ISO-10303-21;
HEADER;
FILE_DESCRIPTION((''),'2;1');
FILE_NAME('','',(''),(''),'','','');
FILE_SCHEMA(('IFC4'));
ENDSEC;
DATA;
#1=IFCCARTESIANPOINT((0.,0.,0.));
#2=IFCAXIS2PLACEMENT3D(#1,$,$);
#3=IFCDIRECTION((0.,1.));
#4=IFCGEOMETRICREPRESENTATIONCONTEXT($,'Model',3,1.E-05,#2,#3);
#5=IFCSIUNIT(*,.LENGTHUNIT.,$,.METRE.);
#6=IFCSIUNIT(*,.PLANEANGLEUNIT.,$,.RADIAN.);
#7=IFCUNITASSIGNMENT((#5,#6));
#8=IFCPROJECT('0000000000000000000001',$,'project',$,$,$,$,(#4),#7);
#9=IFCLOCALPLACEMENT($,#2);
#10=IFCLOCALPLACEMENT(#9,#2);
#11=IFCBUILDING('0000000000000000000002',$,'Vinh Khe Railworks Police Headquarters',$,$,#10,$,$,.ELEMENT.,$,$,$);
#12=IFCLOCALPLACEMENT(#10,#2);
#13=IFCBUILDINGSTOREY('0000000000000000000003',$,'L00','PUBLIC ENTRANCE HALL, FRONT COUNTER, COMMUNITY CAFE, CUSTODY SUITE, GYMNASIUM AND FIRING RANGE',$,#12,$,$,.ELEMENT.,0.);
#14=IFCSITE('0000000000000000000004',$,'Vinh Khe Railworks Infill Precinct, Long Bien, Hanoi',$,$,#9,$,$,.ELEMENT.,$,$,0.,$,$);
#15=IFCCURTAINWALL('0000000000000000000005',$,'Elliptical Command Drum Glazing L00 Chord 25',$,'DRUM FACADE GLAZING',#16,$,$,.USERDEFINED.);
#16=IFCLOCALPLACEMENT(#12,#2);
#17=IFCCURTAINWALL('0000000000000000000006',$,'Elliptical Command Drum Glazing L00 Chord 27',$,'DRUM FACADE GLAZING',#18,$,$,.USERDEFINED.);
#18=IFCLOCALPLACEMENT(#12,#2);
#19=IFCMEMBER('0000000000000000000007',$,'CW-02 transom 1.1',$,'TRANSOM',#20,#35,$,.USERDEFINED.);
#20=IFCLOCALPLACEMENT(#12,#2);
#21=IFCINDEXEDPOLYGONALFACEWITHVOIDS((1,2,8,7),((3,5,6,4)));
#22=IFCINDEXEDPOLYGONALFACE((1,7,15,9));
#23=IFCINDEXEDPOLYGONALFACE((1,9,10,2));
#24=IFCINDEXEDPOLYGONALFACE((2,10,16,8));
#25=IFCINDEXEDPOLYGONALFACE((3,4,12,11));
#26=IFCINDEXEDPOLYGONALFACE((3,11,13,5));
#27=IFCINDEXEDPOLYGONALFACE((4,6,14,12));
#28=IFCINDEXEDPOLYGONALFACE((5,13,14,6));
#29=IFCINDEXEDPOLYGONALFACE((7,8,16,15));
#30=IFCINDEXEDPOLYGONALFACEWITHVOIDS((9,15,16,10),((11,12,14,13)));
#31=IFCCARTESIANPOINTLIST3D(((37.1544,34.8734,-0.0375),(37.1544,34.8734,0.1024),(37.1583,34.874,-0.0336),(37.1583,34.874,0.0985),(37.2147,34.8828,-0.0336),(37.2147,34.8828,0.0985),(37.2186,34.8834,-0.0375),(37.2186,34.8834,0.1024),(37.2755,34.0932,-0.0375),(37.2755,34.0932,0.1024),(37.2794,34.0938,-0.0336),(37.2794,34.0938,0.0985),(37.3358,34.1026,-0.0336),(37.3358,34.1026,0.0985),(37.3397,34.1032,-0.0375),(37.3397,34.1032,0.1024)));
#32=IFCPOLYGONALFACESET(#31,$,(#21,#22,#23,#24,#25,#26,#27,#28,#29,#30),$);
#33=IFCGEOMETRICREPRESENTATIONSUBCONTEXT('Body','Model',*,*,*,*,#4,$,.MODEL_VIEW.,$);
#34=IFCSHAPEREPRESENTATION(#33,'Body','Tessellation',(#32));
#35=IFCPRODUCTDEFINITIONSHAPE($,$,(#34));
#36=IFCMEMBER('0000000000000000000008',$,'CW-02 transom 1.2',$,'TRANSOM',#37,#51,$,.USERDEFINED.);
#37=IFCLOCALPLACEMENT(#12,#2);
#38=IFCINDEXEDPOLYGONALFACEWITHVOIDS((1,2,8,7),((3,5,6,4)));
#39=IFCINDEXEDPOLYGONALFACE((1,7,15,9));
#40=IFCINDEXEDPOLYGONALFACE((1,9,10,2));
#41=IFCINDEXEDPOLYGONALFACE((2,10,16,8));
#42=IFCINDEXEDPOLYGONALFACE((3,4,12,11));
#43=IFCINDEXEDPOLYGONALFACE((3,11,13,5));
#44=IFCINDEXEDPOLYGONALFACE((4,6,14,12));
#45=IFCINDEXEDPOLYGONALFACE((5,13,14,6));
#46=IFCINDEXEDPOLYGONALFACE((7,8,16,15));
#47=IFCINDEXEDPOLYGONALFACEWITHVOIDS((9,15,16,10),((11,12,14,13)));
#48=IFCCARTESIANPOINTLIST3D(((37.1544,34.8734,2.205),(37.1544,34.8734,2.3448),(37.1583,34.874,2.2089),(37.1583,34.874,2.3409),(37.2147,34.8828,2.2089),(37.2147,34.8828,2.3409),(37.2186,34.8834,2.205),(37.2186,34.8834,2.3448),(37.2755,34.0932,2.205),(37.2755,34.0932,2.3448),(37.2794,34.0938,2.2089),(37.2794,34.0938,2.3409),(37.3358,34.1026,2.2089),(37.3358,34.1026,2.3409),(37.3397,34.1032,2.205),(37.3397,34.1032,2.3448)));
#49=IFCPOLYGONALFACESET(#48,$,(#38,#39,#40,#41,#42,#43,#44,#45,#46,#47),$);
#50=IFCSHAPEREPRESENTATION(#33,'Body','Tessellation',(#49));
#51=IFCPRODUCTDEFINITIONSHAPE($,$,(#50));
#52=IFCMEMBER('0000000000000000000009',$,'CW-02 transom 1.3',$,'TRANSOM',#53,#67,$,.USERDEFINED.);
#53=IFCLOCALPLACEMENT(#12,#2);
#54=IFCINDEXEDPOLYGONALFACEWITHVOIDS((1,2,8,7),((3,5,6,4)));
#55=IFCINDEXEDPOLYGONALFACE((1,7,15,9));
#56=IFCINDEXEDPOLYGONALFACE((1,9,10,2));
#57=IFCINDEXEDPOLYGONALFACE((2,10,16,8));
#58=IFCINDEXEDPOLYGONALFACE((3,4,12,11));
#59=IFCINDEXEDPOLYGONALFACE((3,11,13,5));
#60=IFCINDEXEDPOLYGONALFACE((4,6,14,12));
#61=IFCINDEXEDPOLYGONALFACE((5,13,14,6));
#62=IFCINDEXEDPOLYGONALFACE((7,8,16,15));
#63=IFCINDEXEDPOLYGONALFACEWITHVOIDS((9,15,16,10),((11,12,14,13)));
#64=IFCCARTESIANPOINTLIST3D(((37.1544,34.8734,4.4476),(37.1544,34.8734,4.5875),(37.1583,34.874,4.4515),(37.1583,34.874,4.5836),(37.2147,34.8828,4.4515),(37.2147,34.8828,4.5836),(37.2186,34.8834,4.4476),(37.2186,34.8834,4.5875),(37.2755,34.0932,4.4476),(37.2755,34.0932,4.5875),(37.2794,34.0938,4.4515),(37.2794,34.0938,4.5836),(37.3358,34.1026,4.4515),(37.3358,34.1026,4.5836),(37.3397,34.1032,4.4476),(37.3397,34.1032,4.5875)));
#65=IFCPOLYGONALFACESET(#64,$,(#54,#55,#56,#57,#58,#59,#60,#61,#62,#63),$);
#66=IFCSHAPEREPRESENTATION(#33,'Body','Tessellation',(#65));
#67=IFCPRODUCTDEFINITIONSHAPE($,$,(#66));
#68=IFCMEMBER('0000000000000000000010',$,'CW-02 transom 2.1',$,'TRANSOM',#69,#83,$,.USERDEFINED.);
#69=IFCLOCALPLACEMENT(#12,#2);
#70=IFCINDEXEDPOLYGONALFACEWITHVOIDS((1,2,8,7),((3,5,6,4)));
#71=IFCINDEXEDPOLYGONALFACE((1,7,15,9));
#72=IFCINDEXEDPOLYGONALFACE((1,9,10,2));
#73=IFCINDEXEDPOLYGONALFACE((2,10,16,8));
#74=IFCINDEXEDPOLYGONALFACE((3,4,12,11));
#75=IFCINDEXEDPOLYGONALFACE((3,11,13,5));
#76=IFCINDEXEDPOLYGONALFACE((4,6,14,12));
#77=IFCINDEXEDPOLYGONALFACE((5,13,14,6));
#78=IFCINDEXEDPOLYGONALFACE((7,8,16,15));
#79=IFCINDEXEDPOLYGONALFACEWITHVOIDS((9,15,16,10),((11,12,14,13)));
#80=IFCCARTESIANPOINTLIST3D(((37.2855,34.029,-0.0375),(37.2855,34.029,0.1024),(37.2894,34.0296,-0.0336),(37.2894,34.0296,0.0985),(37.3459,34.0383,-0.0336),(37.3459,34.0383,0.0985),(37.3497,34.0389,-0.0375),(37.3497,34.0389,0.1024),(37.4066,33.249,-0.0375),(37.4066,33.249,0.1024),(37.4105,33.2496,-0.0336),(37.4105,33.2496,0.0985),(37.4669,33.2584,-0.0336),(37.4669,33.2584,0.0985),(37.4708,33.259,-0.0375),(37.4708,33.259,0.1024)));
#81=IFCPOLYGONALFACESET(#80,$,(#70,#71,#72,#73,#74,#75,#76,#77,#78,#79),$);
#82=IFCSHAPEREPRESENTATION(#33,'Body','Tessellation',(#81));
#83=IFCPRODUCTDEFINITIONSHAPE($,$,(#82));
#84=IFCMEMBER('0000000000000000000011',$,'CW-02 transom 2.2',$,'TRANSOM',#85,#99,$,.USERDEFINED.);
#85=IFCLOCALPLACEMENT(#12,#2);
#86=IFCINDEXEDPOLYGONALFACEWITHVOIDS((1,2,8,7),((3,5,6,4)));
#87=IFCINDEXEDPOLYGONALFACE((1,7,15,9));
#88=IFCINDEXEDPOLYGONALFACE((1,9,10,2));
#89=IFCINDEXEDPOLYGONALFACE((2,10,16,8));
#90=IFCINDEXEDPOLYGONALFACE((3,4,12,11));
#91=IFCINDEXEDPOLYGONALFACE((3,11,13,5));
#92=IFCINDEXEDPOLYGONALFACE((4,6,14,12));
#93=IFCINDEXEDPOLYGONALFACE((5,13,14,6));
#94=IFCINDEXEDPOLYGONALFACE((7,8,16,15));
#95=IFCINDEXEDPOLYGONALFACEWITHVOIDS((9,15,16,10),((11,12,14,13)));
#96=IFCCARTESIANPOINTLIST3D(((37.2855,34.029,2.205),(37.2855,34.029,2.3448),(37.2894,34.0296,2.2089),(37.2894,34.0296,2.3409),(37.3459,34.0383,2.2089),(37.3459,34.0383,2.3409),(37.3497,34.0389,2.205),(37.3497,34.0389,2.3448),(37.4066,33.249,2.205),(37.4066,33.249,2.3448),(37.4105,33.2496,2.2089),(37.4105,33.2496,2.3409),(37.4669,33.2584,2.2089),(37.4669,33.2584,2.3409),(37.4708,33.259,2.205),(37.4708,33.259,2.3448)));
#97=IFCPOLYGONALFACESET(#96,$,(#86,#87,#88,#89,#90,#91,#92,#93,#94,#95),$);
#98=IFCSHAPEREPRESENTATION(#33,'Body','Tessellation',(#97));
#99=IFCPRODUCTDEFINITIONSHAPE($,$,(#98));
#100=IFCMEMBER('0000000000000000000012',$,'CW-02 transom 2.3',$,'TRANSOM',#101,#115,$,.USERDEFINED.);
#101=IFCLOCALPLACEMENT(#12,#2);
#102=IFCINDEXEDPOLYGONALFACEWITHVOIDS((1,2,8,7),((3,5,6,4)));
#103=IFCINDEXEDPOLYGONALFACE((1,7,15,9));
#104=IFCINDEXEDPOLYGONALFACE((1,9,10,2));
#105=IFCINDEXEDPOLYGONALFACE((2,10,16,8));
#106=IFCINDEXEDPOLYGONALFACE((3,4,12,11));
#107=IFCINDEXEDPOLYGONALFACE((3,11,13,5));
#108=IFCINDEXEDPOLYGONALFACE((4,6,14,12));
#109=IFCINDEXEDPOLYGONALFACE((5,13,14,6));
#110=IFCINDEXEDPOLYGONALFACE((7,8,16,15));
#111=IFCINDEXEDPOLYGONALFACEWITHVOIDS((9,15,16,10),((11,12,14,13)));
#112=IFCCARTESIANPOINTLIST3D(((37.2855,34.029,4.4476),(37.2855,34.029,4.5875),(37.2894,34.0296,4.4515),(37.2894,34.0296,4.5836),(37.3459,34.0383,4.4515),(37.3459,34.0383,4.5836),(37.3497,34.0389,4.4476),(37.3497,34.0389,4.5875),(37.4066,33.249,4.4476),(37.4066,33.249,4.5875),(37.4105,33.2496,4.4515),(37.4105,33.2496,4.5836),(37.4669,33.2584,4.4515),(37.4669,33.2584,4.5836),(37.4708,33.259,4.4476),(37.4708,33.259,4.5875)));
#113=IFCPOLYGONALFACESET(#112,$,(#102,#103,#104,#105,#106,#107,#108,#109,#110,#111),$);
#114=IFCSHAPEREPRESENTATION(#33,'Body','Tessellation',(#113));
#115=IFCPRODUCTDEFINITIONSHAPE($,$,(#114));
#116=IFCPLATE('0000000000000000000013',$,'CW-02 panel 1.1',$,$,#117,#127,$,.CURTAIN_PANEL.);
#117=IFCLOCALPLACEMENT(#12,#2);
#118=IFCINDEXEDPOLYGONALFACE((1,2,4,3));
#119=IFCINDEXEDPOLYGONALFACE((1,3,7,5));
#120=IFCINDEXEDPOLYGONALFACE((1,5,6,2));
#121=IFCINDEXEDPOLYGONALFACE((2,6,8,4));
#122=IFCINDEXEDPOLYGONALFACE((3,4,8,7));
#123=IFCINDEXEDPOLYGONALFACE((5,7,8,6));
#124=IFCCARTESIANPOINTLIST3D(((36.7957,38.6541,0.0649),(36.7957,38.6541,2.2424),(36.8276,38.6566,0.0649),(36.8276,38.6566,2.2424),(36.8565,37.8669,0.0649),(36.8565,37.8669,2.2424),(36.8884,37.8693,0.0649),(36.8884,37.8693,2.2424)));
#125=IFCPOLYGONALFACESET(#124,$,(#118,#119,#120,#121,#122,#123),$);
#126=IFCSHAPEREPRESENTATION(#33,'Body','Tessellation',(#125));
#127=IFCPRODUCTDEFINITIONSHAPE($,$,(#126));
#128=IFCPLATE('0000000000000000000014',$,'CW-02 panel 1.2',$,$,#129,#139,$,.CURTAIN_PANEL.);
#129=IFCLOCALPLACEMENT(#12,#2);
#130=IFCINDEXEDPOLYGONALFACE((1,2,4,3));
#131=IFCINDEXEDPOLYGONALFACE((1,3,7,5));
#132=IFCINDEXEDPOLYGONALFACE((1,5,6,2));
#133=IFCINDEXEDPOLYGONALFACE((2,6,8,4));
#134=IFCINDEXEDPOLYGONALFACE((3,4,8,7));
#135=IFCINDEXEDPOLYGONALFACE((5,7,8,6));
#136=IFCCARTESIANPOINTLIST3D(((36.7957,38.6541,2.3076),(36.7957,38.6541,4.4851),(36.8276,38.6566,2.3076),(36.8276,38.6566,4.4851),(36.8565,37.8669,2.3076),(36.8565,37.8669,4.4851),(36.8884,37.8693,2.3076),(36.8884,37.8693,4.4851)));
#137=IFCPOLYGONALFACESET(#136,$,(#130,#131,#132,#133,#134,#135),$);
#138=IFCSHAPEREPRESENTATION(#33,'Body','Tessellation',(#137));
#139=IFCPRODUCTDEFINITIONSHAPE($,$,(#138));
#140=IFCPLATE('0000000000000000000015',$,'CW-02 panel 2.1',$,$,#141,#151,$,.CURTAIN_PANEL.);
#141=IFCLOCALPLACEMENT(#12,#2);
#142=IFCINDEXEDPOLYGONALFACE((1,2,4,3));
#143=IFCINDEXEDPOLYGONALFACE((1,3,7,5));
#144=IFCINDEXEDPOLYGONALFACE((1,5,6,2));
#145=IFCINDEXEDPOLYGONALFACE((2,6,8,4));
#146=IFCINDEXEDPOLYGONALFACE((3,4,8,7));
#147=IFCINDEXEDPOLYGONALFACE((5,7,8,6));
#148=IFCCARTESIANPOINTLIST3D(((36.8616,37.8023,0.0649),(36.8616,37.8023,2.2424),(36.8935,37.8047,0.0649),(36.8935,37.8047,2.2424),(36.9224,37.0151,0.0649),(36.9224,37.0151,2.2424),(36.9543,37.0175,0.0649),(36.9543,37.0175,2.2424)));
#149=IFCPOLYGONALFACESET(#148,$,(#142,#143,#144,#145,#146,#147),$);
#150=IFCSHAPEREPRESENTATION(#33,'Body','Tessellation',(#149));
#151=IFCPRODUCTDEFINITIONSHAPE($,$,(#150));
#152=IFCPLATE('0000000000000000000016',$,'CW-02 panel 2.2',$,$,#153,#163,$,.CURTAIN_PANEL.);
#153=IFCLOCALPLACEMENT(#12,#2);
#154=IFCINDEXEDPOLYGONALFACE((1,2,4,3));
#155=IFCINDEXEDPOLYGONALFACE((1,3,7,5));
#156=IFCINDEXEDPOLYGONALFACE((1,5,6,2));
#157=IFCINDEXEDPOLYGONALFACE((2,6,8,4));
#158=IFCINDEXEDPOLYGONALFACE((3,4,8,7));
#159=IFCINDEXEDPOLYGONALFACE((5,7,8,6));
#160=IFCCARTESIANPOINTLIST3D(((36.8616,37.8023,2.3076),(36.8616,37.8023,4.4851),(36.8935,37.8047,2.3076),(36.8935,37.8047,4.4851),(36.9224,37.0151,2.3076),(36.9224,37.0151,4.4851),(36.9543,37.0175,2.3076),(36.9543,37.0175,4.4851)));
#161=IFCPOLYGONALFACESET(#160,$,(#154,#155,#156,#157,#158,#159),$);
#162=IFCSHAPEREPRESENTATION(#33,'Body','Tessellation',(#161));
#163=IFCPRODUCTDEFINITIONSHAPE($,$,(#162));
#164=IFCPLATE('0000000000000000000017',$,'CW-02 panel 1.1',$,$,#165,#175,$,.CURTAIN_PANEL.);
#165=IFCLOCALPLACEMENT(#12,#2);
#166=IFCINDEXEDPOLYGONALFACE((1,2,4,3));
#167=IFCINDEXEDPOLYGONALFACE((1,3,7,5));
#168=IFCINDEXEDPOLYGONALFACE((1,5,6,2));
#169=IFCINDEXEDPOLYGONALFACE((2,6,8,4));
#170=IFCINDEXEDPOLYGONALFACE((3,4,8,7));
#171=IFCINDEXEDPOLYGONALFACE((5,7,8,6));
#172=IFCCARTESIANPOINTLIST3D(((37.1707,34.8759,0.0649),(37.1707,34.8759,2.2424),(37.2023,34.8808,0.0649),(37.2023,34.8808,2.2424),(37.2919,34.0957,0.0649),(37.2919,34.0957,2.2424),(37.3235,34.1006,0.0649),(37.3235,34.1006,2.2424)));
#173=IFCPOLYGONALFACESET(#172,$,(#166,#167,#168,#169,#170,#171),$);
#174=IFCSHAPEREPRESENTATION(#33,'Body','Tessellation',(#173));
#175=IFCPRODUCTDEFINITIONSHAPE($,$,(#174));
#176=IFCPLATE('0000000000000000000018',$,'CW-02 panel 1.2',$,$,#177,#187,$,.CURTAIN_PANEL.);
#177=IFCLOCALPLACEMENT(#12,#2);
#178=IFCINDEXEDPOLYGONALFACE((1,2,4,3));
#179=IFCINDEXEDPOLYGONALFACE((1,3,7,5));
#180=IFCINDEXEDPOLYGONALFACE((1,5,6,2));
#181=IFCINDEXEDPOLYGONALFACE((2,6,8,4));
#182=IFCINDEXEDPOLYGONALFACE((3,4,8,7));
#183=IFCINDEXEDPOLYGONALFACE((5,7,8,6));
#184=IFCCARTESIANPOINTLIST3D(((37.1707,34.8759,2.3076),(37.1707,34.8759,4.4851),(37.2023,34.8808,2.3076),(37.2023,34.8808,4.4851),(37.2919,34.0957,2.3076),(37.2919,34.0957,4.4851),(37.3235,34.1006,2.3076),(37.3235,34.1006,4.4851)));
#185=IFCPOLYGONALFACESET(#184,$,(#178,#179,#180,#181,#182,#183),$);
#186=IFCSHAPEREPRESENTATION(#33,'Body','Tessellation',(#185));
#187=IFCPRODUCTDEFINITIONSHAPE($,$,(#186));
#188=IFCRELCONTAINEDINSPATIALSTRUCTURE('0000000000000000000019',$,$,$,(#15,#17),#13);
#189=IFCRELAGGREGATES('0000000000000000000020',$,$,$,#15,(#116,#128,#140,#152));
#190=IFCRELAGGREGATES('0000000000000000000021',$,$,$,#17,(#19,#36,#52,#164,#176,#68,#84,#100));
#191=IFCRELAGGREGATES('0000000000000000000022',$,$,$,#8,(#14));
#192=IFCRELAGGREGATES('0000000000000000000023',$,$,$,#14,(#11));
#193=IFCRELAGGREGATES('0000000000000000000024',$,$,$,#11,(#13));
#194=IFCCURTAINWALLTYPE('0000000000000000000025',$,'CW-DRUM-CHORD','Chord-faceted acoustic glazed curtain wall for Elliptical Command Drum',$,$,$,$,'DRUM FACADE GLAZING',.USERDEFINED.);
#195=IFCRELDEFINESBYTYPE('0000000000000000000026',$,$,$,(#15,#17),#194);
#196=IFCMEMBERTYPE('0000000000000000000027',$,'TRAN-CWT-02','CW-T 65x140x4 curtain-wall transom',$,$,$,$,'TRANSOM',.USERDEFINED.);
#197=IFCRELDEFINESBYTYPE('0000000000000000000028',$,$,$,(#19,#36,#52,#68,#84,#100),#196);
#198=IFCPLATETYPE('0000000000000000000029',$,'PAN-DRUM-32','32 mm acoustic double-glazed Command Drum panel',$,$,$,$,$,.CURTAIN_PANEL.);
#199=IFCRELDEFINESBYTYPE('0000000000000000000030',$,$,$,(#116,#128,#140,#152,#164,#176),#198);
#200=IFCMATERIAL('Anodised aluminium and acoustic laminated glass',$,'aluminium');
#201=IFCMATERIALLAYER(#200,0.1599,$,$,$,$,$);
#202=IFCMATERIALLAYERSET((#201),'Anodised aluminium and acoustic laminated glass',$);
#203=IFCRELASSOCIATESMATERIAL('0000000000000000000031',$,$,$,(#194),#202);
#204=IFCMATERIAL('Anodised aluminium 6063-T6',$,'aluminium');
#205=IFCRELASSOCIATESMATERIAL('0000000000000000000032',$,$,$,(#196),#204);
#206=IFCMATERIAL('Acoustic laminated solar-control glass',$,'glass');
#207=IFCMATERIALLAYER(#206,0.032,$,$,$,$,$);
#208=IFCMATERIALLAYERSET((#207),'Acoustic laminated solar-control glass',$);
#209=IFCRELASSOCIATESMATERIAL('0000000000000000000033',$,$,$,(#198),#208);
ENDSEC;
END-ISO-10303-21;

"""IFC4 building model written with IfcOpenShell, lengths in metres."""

from ifc_helpers import new_model, si_unit, direction, frame, origin, origin_2d, place, context, subcontext, project, spatial, rectangle, hollow_rectangle, extrude, material, layer, layer_set, material_profile, profile_set, type_object, element, aggregate, save


model = new_model("IFC4")

# Units and contexts
model_context = context("Model", 3, precision=1e-05, world=origin(), true_north=direction((0.0, 1.0)))
body_context = subcontext(model_context, "Body", "Model", "MODEL_VIEW")
ifc_project = project(units=[si_unit("LENGTHUNIT", "METRE"), si_unit("PLANEANGLEUNIT", "RADIAN")], contexts=[model_context])

# Site, building, storey
site_placement = place(None, origin())
site = spatial("IfcSite", under=ifc_project, at=site_placement, Name="Vinh Khe Railworks Infill Precinct, Long Bien, Hanoi", CompositionType="ELEMENT", RefElevation=0.0)
building_placement = place(site_placement, origin())
building = spatial("IfcBuilding", under=site, at=building_placement, Name="Vinh Khe Railworks Police Headquarters", CompositionType="ELEMENT")
storey_placement = place(building_placement, origin())
storey = spatial("IfcBuildingStorey", under=building, at=storey_placement, Name="L00", Description="PUBLIC ENTRANCE HALL, FRONT COUNTER, COMMUNITY CAFE, CUSTODY SUITE, GYMNASIUM AND FIRING RANGE", CompositionType="ELEMENT", Elevation=0.0)

# Curtain walls
ifc_material_1 = material(Name="Anodised aluminium and acoustic laminated glass", Category="aluminium")
ifc_layer_1 = layer(ifc_material_1, 0.1599)
ifc_layer_set_1 = layer_set([ifc_layer_1], Name="Anodised aluminium and acoustic laminated glass")
curtain_wall_type = type_object("IfcCurtainWallType", Name="CW-DRUM-CHORD", Description="Chord-faceted acoustic glazed curtain wall for Elliptical Command Drum", ElementType="DRUM FACADE GLAZING", PredefinedType="USERDEFINED", material=ifc_layer_set_1)
curtain_wall_1_placement = place(storey_placement, origin())
curtain_wall_1 = element("IfcCurtainWall", 1, at=curtain_wall_1_placement, inside=storey, type_object=curtain_wall_type, Name="Elliptical Command Drum Glazing L00 Chord 25", ObjectType="DRUM FACADE GLAZING", PredefinedType="USERDEFINED")
ifc_material_2 = material(Name="Anodised aluminium 6063-T6", Category="aluminium")
curtain_wall_2_placement = place(storey_placement, origin())
curtain_wall_2 = element("IfcCurtainWall", 2, at=curtain_wall_2_placement, inside=storey, type_object=curtain_wall_type, Name="Elliptical Command Drum Glazing L00 Chord 27", ObjectType="DRUM FACADE GLAZING", PredefinedType="USERDEFINED")

# Members
ifc_material_profile_1 = material_profile(ifc_material_2, hollow_rectangle(XDim=0.0649, YDim=0.1399, WallThickness=0.0039, at=origin_2d()), Name="CW-T 65x140x4")
ifc_profile_set_1 = profile_set([ifc_material_profile_1], Name="Anodised aluminium 6063-T6")
member_type_1 = type_object("IfcMemberType", Name="TRAN-CWT-02", Description="CW-T 65x140x4 curtain-wall transom", ElementType="TRANSOM", PredefinedType="USERDEFINED", material=ifc_profile_set_1)
member_1_placement = place(storey_placement, frame((37.1865, 34.8784, 0.0325), z_axis=(0.153358, -0.988171, 0.0), x_axis=(0.988171, 0.153358, 0.0)))
member_1 = element("IfcMember", 3, at=member_1_placement, type_object=member_type_1, Name="CW-02 transom 1.1", ObjectType="TRANSOM", PredefinedType="USERDEFINED", context=body_context, shape_type="SweptSolid", body=[
    extrude(hollow_rectangle(XDim=0.0649, YDim=0.1399, WallThickness=0.0039, at=origin_2d()), origin(), (0.0, 0.0, 1.0), 0.7896),
])
member_2_placement = place(storey_placement, frame((37.1865, 34.8784, 2.2749), z_axis=(0.153358, -0.988171, 0.0), x_axis=(0.988171, 0.153358, 0.0)))
member_2 = element("IfcMember", 4, at=member_2_placement, type_object=member_type_1, Name="CW-02 transom 1.2", ObjectType="TRANSOM", PredefinedType="USERDEFINED", context=body_context, shape_type="SweptSolid", body=[
    extrude(hollow_rectangle(XDim=0.0649, YDim=0.1399, WallThickness=0.0039, at=origin_2d()), origin(), (0.0, 0.0, 1.0), 0.7896),
])
member_3_placement = place(storey_placement, frame((37.1865, 34.8784, 4.5176), z_axis=(0.153358, -0.988171, 0.0), x_axis=(0.988171, 0.153358, 0.0)))
member_3 = element("IfcMember", 5, at=member_3_placement, type_object=member_type_1, Name="CW-02 transom 1.3", ObjectType="TRANSOM", PredefinedType="USERDEFINED", context=body_context, shape_type="SweptSolid", body=[
    extrude(hollow_rectangle(XDim=0.0649, YDim=0.1399, WallThickness=0.0039, at=origin_2d()), origin(), (0.0, 0.0, 1.0), 0.7896),
])
member_4_placement = place(storey_placement, frame((37.3176, 34.0339, 0.0325), z_axis=(0.153405, -0.988163, 0.0), x_axis=(0.988163, 0.153405, 0.0)))
member_4 = element("IfcMember", 6, at=member_4_placement, type_object=member_type_1, Name="CW-02 transom 2.1", ObjectType="TRANSOM", PredefinedType="USERDEFINED", context=body_context, shape_type="SweptSolid", body=[
    extrude(hollow_rectangle(XDim=0.0649, YDim=0.1399, WallThickness=0.0039, at=origin_2d()), origin(), (0.0, 0.0, 1.0), 0.7893),
])
member_5_placement = place(storey_placement, frame((37.3176, 34.0339, 2.2749), z_axis=(0.153405, -0.988163, 0.0), x_axis=(0.988163, 0.153405, 0.0)))
member_5 = element("IfcMember", 7, at=member_5_placement, type_object=member_type_1, Name="CW-02 transom 2.2", ObjectType="TRANSOM", PredefinedType="USERDEFINED", context=body_context, shape_type="SweptSolid", body=[
    extrude(hollow_rectangle(XDim=0.0649, YDim=0.1399, WallThickness=0.0039, at=origin_2d()), origin(), (0.0, 0.0, 1.0), 0.7893),
])
member_6_placement = place(storey_placement, frame((37.3176, 34.0339, 4.5176), z_axis=(0.153405, -0.988163, 0.0), x_axis=(0.988163, 0.153405, 0.0)))
member_6 = element("IfcMember", 8, at=member_6_placement, type_object=member_type_1, Name="CW-02 transom 2.3", ObjectType="TRANSOM", PredefinedType="USERDEFINED", context=body_context, shape_type="SweptSolid", body=[
    extrude(hollow_rectangle(XDim=0.0649, YDim=0.1399, WallThickness=0.0039, at=origin_2d()), origin(), (0.0, 0.0, 1.0), 0.7893),
])

# Plates
ifc_material_3 = material(Name="Acoustic laminated solar-control glass", Category="glass")
ifc_layer_2 = layer(ifc_material_3, 0.032)
ifc_layer_set_2 = layer_set([ifc_layer_2], Name="Acoustic laminated solar-control glass")
plate_type_1 = type_object("IfcPlateType", Name="PAN-DRUM-32", Description="32 mm acoustic double-glazed Command Drum panel", PredefinedType="CURTAIN_PANEL", material=ifc_layer_set_2)
plate_1_placement = place(storey_placement, frame((36.842, 38.2617, 0.0649), z_axis=(0.0, 0.0, 1.0), x_axis=(0.07697, -0.997033, 0.0)))
plate_1 = element("IfcPlate", 9, at=plate_1_placement, type_object=plate_type_1, Name="CW-02 panel 1.1", PredefinedType="CURTAIN_PANEL", context=body_context, shape_type="SweptSolid", body=[
    extrude(rectangle(XDim=0.7896, YDim=0.032, at=origin_2d()), origin(), (0.0, 0.0, 1.0), 2.1775),
])
plate_2_placement = place(storey_placement, frame((36.842, 38.2617, 2.3076), z_axis=(0.0, 0.0, 1.0), x_axis=(0.07697, -0.997033, 0.0)))
plate_2 = element("IfcPlate", 10, at=plate_2_placement, type_object=plate_type_1, Name="CW-02 panel 1.2", PredefinedType="CURTAIN_PANEL", context=body_context, shape_type="SweptSolid", body=[
    extrude(rectangle(XDim=0.7896, YDim=0.032, at=origin_2d()), origin(), (0.0, 0.0, 1.0), 2.1775),
])
plate_3_placement = place(storey_placement, frame((36.908, 37.4099, 0.0649), z_axis=(0.0, 0.0, 1.0), x_axis=(0.07697, -0.997033, 0.0)))
plate_3 = element("IfcPlate", 11, at=plate_3_placement, type_object=plate_type_1, Name="CW-02 panel 2.1", PredefinedType="CURTAIN_PANEL", context=body_context, shape_type="SweptSolid", body=[
    extrude(rectangle(XDim=0.7896, YDim=0.032, at=origin_2d()), origin(), (0.0, 0.0, 1.0), 2.1775),
])
plate_4_placement = place(storey_placement, frame((36.908, 37.4099, 2.3076), z_axis=(0.0, 0.0, 1.0), x_axis=(0.07697, -0.997033, 0.0)))
plate_4 = element("IfcPlate", 12, at=plate_4_placement, type_object=plate_type_1, Name="CW-02 panel 2.2", PredefinedType="CURTAIN_PANEL", context=body_context, shape_type="SweptSolid", body=[
    extrude(rectangle(XDim=0.7896, YDim=0.032, at=origin_2d()), origin(), (0.0, 0.0, 1.0), 2.1775),
])
aggregate(curtain_wall_1, [plate_1, plate_2, plate_3, plate_4])
plate_5_placement = place(storey_placement, frame((37.2471, 34.4883, 0.0649), z_axis=(0.0, 0.0, 1.0), x_axis=(0.153491, -0.98815, 0.0)))
plate_5 = element("IfcPlate", 13, at=plate_5_placement, type_object=plate_type_1, Name="CW-02 panel 1.1", PredefinedType="CURTAIN_PANEL", context=body_context, shape_type="SweptSolid", body=[
    extrude(rectangle(XDim=0.7896, YDim=0.032, at=origin_2d()), origin(), (0.0, 0.0, 1.0), 2.1775),
])
plate_6_placement = place(storey_placement, frame((37.2471, 34.4883, 2.3076), z_axis=(0.0, 0.0, 1.0), x_axis=(0.153491, -0.98815, 0.0)))
plate_6 = element("IfcPlate", 14, at=plate_6_placement, type_object=plate_type_1, Name="CW-02 panel 1.2", PredefinedType="CURTAIN_PANEL", context=body_context, shape_type="SweptSolid", body=[
    extrude(rectangle(XDim=0.7896, YDim=0.032, at=origin_2d()), origin(), (0.0, 0.0, 1.0), 2.1775),
])
aggregate(curtain_wall_2, [member_1, member_2, member_3, plate_5, plate_6, member_4, member_5, member_6])

save(model, "model.ifc")
